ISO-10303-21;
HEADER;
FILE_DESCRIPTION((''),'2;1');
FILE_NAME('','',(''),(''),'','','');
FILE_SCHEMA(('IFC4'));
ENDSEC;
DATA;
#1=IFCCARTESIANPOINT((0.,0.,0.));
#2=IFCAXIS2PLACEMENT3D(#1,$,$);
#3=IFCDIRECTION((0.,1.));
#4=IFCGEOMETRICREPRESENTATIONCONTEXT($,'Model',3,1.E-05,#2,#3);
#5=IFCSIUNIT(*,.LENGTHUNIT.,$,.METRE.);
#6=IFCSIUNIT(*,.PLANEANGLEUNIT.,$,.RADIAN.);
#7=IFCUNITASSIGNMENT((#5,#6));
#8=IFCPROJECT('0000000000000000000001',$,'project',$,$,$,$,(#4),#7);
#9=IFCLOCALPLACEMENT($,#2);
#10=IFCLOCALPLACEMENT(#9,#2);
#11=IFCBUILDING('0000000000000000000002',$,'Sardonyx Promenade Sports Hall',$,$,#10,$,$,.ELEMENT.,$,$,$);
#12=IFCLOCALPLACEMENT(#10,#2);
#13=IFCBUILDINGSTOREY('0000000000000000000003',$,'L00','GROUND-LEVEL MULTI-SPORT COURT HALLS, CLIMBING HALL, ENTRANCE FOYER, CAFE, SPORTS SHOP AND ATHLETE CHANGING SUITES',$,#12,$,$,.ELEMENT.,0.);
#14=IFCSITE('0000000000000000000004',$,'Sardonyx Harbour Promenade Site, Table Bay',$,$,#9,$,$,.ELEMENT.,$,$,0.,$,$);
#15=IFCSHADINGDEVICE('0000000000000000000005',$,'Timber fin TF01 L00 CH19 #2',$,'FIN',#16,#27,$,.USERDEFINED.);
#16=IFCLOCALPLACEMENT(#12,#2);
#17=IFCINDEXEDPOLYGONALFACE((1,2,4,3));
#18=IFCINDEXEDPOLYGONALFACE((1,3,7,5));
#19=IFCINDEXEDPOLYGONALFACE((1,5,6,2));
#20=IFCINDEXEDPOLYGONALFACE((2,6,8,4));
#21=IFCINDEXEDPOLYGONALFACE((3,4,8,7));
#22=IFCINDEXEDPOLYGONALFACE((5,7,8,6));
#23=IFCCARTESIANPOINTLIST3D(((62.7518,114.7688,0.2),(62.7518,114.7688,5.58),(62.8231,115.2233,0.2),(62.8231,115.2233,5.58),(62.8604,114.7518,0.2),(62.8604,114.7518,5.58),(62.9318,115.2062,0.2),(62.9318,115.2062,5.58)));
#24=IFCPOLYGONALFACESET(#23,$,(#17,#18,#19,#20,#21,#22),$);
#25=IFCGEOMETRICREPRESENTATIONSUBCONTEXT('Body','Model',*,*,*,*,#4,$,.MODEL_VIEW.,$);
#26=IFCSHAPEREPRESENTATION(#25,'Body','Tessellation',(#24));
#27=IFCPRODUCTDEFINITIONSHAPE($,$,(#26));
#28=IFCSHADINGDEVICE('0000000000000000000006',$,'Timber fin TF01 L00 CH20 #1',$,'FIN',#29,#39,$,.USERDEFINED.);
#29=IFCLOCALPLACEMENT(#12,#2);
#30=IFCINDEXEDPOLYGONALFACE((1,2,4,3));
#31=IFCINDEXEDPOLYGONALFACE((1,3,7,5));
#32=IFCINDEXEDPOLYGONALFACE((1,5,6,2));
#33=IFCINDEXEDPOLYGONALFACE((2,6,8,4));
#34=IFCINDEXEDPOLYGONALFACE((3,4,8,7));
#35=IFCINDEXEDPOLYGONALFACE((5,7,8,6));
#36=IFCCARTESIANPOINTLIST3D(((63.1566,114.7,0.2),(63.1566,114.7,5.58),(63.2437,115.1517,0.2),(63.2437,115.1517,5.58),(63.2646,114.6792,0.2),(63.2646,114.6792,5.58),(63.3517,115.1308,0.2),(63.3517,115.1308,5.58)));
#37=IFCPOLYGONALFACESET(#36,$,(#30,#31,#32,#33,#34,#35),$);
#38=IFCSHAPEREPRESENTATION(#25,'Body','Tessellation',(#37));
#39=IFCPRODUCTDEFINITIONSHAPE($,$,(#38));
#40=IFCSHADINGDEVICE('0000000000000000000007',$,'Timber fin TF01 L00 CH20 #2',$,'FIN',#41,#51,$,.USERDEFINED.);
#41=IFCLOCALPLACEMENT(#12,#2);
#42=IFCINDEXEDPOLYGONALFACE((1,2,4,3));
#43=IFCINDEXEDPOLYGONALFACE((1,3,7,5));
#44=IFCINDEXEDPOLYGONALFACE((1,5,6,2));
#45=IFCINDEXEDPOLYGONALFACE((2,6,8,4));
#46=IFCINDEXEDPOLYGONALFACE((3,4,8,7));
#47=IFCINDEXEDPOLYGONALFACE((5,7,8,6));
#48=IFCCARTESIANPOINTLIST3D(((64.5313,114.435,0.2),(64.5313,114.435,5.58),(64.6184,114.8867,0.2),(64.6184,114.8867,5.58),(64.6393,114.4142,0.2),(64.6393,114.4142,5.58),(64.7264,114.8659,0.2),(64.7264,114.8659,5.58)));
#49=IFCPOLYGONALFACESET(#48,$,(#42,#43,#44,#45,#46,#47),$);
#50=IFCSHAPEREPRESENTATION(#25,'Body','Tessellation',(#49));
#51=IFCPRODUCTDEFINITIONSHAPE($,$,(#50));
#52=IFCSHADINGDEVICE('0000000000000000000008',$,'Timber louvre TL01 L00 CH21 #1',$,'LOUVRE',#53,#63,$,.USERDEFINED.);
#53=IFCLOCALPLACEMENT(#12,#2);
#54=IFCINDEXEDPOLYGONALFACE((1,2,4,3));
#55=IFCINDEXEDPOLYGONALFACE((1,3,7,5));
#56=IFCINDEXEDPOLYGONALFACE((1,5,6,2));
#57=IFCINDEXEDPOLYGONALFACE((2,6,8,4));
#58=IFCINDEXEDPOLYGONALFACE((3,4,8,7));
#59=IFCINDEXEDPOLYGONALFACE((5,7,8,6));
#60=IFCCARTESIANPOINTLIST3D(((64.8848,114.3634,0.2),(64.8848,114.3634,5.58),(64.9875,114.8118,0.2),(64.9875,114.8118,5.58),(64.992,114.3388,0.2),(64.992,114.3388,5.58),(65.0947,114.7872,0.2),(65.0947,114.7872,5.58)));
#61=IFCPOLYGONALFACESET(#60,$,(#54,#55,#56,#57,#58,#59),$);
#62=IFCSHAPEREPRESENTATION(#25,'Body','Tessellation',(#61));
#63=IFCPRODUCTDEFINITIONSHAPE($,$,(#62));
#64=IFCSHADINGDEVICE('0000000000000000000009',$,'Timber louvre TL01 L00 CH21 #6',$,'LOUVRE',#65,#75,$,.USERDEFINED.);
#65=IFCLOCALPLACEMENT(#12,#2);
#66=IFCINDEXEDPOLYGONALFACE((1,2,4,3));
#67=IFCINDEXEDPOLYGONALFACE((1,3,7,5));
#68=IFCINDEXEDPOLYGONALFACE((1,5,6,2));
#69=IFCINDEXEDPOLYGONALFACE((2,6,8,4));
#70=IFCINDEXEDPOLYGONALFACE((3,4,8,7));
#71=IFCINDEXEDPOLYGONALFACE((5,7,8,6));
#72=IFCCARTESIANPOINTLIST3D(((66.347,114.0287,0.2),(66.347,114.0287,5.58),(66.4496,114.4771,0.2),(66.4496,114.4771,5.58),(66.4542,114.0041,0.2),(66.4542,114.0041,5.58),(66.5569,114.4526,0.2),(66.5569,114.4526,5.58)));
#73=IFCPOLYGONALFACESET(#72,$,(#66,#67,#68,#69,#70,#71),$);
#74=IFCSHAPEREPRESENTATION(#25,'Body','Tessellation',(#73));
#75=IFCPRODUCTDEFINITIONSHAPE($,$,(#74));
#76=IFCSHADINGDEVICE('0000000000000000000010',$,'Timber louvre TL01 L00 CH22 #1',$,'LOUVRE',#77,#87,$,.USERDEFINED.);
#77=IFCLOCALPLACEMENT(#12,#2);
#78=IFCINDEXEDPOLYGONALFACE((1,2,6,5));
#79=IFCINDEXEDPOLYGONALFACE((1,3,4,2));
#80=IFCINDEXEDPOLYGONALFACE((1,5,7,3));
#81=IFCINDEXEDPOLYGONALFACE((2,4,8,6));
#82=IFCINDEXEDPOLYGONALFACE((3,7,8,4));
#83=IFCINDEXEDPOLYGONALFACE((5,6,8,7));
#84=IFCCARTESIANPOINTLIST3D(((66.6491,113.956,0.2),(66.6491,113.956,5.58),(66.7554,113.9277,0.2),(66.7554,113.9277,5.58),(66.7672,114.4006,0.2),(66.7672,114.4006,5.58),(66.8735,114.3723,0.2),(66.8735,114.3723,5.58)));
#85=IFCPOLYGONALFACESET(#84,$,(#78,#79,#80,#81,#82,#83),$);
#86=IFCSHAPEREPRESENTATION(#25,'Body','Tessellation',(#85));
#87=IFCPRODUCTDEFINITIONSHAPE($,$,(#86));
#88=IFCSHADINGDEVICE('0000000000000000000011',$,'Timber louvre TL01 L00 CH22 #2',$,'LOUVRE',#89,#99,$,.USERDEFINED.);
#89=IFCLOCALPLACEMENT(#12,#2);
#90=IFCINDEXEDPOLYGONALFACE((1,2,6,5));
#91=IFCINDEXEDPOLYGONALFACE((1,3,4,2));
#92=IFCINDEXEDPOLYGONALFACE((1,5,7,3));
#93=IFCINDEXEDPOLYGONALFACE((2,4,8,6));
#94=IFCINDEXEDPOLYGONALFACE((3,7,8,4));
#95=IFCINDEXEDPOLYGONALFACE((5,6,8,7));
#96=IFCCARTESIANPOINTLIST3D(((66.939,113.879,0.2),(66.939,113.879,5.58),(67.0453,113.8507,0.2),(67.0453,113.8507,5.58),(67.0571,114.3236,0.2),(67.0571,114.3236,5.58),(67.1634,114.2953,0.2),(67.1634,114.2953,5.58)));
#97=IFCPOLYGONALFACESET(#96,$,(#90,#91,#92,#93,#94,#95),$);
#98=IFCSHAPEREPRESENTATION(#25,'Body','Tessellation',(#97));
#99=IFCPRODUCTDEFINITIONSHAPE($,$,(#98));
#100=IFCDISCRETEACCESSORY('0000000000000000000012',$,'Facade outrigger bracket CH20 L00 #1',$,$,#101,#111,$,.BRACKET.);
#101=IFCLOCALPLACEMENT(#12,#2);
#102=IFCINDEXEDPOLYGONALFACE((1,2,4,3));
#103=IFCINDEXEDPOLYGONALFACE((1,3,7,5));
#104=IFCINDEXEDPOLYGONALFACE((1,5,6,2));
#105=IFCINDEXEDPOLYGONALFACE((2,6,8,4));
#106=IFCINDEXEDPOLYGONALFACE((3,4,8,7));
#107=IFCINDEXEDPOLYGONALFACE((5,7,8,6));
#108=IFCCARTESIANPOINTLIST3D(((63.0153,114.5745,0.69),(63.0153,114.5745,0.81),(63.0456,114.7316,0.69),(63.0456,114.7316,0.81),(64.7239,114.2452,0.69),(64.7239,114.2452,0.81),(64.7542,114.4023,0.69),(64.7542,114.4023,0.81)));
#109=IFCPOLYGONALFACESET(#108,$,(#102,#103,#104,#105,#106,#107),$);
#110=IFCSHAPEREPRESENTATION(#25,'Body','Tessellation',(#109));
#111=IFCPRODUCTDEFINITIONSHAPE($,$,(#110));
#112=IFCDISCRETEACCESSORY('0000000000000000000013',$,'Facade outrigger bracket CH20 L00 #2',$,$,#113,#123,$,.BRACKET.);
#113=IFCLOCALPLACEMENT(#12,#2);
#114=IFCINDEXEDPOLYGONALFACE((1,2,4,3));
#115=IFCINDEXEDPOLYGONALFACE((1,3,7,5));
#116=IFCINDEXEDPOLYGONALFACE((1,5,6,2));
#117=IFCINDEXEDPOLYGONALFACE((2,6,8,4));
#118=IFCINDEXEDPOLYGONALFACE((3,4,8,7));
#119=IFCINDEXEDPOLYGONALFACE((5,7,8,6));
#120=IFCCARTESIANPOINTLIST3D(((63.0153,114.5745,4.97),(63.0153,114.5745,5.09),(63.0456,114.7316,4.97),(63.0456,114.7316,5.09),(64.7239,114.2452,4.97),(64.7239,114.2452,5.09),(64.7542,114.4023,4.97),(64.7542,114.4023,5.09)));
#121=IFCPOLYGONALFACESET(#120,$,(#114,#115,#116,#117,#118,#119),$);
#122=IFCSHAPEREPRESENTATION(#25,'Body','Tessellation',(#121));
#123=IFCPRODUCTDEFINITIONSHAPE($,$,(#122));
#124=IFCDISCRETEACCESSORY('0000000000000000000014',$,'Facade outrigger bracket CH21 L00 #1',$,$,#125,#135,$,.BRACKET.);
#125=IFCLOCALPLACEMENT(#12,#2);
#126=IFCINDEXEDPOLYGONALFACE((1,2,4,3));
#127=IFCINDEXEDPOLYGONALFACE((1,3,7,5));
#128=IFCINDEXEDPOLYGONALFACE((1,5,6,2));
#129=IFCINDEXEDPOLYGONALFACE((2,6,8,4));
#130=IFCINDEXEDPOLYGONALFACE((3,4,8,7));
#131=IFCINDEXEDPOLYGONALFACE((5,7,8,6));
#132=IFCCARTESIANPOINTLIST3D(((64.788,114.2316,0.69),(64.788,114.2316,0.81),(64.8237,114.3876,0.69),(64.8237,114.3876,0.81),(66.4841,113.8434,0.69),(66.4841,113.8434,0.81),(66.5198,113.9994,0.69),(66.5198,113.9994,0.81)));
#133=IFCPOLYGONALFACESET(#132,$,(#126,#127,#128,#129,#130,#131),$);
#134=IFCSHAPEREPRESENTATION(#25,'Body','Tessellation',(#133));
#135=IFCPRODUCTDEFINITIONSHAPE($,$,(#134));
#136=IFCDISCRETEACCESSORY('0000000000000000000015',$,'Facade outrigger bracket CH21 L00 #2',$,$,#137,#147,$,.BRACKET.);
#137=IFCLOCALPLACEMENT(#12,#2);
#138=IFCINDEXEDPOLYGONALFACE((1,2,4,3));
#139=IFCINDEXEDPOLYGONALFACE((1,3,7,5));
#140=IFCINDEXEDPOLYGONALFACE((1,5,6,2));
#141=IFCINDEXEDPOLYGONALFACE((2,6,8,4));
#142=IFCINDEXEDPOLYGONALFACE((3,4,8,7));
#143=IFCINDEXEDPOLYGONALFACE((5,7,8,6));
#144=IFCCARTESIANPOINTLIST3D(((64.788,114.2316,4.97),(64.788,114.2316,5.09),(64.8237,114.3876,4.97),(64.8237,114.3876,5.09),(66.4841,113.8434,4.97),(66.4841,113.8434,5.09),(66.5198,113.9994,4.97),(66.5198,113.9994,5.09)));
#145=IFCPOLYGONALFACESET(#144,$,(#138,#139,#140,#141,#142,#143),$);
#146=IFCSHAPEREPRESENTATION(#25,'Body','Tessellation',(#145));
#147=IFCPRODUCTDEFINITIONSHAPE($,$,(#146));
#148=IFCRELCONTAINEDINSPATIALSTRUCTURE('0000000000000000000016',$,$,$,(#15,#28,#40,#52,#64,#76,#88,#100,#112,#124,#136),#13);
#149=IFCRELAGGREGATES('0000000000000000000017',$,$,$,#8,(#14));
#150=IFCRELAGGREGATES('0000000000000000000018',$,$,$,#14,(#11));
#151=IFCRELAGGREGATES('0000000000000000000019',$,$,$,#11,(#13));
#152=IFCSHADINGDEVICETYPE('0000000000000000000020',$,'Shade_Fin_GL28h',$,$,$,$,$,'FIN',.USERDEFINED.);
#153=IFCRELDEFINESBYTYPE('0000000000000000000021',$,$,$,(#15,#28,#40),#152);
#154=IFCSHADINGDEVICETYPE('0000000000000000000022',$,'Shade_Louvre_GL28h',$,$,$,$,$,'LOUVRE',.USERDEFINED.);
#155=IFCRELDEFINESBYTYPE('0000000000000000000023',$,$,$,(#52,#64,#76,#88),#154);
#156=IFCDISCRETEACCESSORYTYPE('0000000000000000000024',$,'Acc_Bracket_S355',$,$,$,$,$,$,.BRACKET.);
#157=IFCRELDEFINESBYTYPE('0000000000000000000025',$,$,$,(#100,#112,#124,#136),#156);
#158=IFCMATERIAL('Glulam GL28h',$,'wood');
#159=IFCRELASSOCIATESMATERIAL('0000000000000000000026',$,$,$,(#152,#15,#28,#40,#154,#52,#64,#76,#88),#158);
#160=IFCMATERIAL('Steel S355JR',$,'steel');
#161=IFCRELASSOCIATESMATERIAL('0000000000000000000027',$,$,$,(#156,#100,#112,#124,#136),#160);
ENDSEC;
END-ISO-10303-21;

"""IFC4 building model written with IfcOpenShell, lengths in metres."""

from ifc_helpers import new_model, si_unit, direction, frame, origin, place, context, subcontext, project, spatial, rectangle, extrude, material, type_object, element, save


model = new_model("IFC4")

# Units and contexts
model_context = context("Model", 3, precision=1e-05, world=origin(), true_north=direction((0.0, 1.0)))
body_context = subcontext(model_context, "Body", "Model", "MODEL_VIEW")
ifc_project = project(units=[si_unit("LENGTHUNIT", "METRE"), si_unit("PLANEANGLEUNIT", "RADIAN")], contexts=[model_context])

# Site, building, storey
site_placement = place(None, origin())
site = spatial("IfcSite", under=ifc_project, at=site_placement, Name="Sardonyx Harbour Promenade Site, Table Bay", CompositionType="ELEMENT", RefElevation=0.0)
building_placement = place(site_placement, origin())
building = spatial("IfcBuilding", under=site, at=building_placement, Name="Sardonyx Promenade Sports Hall", CompositionType="ELEMENT")
storey_placement = place(building_placement, origin())
storey = spatial("IfcBuildingStorey", under=building, at=storey_placement, Name="L00", Description="GROUND-LEVEL MULTI-SPORT COURT HALLS, CLIMBING HALL, ENTRANCE FOYER, CAFE, SPORTS SHOP AND ATHLETE CHANGING SUITES", CompositionType="ELEMENT", Elevation=0.0)

# Shading devices
ifc_material_1 = material(Name="Glulam GL28h", Category="wood")
shading_device_type_1 = type_object("IfcShadingDeviceType", Name="Shade_Fin_GL28h", ElementType="FIN", PredefinedType="USERDEFINED", material=ifc_material_1)
for number, where, z_axis, x_axis, name in (
    (1, (62.8418, 114.9875, 0.2), (0.0, 0.0, 1.0), (0.987891, -0.155148, 0.0), "Timber fin TF01 L00 CH19 #2"),
    (2, (63.2542, 114.9154, 0.2), (0.0, 0.0, 1.0), (0.98193, -0.189246, 0.0), "Timber fin TF01 L00 CH20 #1"),
    (3, (64.6289, 114.6505, 0.2), (0.0, 0.0, 1.0), (0.98193, -0.189246, 0.0), "Timber fin TF01 L00 CH20 #2"),
):
    element("IfcShadingDevice", number, at=place(storey_placement, frame(where, z_axis=z_axis, x_axis=x_axis)), inside=storey, type_object=shading_device_type_1, material=ifc_material_1, Name=name, ObjectType="FIN", PredefinedType="USERDEFINED", context=body_context, shape_type="SweptSolid", body=[
        extrude(rectangle(XDim=0.11, YDim=0.46), origin(), (0.0, 0.0, 1.0), 5.38),
    ])
shading_device_type_2 = type_object("IfcShadingDeviceType", Name="Shade_Louvre_GL28h", ElementType="LOUVRE", PredefinedType="USERDEFINED", material=ifc_material_1)
for number, where, z_axis, x_axis, name in (
    (4, (64.9898, 114.5753, 0.2), (0.0, 0.0, 1.0), (0.974792, -0.223117, 0.0), "Timber louvre TL01 L00 CH21 #1"),
    (5, (66.4519, 114.2406, 0.2), (0.0, 0.0, 1.0), (0.974792, -0.223117, 0.0), "Timber louvre TL01 L00 CH21 #6"),
    (6, (66.7613, 114.1642, 0.2), (0.0, 0.0, 1.0), (0.966485, -0.256721, 0.0), "Timber louvre TL01 L00 CH22 #1"),
    (7, (67.0512, 114.0871, 0.2), (0.0, 0.0, 1.0), (0.966485, -0.256721, 0.0), "Timber louvre TL01 L00 CH22 #2"),
):
    element("IfcShadingDevice", number, at=place(storey_placement, frame(where, z_axis=z_axis, x_axis=x_axis)), inside=storey, type_object=shading_device_type_2, material=ifc_material_1, Name=name, ObjectType="LOUVRE", PredefinedType="USERDEFINED", context=body_context, shape_type="SweptSolid", body=[
        extrude(rectangle(XDim=0.11, YDim=0.46), origin(), (0.0, 0.0, 1.0), 5.38),
    ])

# Discrete accessories
ifc_material_2 = material(Name="Steel S355JR", Category="steel")
discrete_accessory_type = type_object("IfcDiscreteAccessoryType", Name="Acc_Bracket_S355", PredefinedType="BRACKET", material=ifc_material_2)
for number, where, z_axis, x_axis, name in (
    (8, (63.8847, 114.4884, 0.69), (0.0, 0.0, 1.0), (0.98193, -0.189246, 0.0), "Facade outrigger bracket CH20 L00 #1"),
    (9, (63.8847, 114.4884, 4.97), (0.0, 0.0, 1.0), (0.98193, -0.189246, 0.0), "Facade outrigger bracket CH20 L00 #2"),
    (10, (65.6539, 114.1155, 0.69), (0.0, 0.0, 1.0), (0.974792, -0.223117, 0.0), "Facade outrigger bracket CH21 L00 #1"),
    (11, (65.6539, 114.1155, 4.97), (0.0, 0.0, 1.0), (0.974792, -0.223117, 0.0), "Facade outrigger bracket CH21 L00 #2"),
):
    element("IfcDiscreteAccessory", number, at=place(storey_placement, frame(where, z_axis=z_axis, x_axis=x_axis)), inside=storey, type_object=discrete_accessory_type, material=ifc_material_2, Name=name, PredefinedType="BRACKET", context=body_context, shape_type="SweptSolid", body=[
        extrude(rectangle(XDim=1.74, YDim=0.16), origin(), (0.0, 0.0, 1.0), 0.12),
    ])

save(model, "model.ifc")
